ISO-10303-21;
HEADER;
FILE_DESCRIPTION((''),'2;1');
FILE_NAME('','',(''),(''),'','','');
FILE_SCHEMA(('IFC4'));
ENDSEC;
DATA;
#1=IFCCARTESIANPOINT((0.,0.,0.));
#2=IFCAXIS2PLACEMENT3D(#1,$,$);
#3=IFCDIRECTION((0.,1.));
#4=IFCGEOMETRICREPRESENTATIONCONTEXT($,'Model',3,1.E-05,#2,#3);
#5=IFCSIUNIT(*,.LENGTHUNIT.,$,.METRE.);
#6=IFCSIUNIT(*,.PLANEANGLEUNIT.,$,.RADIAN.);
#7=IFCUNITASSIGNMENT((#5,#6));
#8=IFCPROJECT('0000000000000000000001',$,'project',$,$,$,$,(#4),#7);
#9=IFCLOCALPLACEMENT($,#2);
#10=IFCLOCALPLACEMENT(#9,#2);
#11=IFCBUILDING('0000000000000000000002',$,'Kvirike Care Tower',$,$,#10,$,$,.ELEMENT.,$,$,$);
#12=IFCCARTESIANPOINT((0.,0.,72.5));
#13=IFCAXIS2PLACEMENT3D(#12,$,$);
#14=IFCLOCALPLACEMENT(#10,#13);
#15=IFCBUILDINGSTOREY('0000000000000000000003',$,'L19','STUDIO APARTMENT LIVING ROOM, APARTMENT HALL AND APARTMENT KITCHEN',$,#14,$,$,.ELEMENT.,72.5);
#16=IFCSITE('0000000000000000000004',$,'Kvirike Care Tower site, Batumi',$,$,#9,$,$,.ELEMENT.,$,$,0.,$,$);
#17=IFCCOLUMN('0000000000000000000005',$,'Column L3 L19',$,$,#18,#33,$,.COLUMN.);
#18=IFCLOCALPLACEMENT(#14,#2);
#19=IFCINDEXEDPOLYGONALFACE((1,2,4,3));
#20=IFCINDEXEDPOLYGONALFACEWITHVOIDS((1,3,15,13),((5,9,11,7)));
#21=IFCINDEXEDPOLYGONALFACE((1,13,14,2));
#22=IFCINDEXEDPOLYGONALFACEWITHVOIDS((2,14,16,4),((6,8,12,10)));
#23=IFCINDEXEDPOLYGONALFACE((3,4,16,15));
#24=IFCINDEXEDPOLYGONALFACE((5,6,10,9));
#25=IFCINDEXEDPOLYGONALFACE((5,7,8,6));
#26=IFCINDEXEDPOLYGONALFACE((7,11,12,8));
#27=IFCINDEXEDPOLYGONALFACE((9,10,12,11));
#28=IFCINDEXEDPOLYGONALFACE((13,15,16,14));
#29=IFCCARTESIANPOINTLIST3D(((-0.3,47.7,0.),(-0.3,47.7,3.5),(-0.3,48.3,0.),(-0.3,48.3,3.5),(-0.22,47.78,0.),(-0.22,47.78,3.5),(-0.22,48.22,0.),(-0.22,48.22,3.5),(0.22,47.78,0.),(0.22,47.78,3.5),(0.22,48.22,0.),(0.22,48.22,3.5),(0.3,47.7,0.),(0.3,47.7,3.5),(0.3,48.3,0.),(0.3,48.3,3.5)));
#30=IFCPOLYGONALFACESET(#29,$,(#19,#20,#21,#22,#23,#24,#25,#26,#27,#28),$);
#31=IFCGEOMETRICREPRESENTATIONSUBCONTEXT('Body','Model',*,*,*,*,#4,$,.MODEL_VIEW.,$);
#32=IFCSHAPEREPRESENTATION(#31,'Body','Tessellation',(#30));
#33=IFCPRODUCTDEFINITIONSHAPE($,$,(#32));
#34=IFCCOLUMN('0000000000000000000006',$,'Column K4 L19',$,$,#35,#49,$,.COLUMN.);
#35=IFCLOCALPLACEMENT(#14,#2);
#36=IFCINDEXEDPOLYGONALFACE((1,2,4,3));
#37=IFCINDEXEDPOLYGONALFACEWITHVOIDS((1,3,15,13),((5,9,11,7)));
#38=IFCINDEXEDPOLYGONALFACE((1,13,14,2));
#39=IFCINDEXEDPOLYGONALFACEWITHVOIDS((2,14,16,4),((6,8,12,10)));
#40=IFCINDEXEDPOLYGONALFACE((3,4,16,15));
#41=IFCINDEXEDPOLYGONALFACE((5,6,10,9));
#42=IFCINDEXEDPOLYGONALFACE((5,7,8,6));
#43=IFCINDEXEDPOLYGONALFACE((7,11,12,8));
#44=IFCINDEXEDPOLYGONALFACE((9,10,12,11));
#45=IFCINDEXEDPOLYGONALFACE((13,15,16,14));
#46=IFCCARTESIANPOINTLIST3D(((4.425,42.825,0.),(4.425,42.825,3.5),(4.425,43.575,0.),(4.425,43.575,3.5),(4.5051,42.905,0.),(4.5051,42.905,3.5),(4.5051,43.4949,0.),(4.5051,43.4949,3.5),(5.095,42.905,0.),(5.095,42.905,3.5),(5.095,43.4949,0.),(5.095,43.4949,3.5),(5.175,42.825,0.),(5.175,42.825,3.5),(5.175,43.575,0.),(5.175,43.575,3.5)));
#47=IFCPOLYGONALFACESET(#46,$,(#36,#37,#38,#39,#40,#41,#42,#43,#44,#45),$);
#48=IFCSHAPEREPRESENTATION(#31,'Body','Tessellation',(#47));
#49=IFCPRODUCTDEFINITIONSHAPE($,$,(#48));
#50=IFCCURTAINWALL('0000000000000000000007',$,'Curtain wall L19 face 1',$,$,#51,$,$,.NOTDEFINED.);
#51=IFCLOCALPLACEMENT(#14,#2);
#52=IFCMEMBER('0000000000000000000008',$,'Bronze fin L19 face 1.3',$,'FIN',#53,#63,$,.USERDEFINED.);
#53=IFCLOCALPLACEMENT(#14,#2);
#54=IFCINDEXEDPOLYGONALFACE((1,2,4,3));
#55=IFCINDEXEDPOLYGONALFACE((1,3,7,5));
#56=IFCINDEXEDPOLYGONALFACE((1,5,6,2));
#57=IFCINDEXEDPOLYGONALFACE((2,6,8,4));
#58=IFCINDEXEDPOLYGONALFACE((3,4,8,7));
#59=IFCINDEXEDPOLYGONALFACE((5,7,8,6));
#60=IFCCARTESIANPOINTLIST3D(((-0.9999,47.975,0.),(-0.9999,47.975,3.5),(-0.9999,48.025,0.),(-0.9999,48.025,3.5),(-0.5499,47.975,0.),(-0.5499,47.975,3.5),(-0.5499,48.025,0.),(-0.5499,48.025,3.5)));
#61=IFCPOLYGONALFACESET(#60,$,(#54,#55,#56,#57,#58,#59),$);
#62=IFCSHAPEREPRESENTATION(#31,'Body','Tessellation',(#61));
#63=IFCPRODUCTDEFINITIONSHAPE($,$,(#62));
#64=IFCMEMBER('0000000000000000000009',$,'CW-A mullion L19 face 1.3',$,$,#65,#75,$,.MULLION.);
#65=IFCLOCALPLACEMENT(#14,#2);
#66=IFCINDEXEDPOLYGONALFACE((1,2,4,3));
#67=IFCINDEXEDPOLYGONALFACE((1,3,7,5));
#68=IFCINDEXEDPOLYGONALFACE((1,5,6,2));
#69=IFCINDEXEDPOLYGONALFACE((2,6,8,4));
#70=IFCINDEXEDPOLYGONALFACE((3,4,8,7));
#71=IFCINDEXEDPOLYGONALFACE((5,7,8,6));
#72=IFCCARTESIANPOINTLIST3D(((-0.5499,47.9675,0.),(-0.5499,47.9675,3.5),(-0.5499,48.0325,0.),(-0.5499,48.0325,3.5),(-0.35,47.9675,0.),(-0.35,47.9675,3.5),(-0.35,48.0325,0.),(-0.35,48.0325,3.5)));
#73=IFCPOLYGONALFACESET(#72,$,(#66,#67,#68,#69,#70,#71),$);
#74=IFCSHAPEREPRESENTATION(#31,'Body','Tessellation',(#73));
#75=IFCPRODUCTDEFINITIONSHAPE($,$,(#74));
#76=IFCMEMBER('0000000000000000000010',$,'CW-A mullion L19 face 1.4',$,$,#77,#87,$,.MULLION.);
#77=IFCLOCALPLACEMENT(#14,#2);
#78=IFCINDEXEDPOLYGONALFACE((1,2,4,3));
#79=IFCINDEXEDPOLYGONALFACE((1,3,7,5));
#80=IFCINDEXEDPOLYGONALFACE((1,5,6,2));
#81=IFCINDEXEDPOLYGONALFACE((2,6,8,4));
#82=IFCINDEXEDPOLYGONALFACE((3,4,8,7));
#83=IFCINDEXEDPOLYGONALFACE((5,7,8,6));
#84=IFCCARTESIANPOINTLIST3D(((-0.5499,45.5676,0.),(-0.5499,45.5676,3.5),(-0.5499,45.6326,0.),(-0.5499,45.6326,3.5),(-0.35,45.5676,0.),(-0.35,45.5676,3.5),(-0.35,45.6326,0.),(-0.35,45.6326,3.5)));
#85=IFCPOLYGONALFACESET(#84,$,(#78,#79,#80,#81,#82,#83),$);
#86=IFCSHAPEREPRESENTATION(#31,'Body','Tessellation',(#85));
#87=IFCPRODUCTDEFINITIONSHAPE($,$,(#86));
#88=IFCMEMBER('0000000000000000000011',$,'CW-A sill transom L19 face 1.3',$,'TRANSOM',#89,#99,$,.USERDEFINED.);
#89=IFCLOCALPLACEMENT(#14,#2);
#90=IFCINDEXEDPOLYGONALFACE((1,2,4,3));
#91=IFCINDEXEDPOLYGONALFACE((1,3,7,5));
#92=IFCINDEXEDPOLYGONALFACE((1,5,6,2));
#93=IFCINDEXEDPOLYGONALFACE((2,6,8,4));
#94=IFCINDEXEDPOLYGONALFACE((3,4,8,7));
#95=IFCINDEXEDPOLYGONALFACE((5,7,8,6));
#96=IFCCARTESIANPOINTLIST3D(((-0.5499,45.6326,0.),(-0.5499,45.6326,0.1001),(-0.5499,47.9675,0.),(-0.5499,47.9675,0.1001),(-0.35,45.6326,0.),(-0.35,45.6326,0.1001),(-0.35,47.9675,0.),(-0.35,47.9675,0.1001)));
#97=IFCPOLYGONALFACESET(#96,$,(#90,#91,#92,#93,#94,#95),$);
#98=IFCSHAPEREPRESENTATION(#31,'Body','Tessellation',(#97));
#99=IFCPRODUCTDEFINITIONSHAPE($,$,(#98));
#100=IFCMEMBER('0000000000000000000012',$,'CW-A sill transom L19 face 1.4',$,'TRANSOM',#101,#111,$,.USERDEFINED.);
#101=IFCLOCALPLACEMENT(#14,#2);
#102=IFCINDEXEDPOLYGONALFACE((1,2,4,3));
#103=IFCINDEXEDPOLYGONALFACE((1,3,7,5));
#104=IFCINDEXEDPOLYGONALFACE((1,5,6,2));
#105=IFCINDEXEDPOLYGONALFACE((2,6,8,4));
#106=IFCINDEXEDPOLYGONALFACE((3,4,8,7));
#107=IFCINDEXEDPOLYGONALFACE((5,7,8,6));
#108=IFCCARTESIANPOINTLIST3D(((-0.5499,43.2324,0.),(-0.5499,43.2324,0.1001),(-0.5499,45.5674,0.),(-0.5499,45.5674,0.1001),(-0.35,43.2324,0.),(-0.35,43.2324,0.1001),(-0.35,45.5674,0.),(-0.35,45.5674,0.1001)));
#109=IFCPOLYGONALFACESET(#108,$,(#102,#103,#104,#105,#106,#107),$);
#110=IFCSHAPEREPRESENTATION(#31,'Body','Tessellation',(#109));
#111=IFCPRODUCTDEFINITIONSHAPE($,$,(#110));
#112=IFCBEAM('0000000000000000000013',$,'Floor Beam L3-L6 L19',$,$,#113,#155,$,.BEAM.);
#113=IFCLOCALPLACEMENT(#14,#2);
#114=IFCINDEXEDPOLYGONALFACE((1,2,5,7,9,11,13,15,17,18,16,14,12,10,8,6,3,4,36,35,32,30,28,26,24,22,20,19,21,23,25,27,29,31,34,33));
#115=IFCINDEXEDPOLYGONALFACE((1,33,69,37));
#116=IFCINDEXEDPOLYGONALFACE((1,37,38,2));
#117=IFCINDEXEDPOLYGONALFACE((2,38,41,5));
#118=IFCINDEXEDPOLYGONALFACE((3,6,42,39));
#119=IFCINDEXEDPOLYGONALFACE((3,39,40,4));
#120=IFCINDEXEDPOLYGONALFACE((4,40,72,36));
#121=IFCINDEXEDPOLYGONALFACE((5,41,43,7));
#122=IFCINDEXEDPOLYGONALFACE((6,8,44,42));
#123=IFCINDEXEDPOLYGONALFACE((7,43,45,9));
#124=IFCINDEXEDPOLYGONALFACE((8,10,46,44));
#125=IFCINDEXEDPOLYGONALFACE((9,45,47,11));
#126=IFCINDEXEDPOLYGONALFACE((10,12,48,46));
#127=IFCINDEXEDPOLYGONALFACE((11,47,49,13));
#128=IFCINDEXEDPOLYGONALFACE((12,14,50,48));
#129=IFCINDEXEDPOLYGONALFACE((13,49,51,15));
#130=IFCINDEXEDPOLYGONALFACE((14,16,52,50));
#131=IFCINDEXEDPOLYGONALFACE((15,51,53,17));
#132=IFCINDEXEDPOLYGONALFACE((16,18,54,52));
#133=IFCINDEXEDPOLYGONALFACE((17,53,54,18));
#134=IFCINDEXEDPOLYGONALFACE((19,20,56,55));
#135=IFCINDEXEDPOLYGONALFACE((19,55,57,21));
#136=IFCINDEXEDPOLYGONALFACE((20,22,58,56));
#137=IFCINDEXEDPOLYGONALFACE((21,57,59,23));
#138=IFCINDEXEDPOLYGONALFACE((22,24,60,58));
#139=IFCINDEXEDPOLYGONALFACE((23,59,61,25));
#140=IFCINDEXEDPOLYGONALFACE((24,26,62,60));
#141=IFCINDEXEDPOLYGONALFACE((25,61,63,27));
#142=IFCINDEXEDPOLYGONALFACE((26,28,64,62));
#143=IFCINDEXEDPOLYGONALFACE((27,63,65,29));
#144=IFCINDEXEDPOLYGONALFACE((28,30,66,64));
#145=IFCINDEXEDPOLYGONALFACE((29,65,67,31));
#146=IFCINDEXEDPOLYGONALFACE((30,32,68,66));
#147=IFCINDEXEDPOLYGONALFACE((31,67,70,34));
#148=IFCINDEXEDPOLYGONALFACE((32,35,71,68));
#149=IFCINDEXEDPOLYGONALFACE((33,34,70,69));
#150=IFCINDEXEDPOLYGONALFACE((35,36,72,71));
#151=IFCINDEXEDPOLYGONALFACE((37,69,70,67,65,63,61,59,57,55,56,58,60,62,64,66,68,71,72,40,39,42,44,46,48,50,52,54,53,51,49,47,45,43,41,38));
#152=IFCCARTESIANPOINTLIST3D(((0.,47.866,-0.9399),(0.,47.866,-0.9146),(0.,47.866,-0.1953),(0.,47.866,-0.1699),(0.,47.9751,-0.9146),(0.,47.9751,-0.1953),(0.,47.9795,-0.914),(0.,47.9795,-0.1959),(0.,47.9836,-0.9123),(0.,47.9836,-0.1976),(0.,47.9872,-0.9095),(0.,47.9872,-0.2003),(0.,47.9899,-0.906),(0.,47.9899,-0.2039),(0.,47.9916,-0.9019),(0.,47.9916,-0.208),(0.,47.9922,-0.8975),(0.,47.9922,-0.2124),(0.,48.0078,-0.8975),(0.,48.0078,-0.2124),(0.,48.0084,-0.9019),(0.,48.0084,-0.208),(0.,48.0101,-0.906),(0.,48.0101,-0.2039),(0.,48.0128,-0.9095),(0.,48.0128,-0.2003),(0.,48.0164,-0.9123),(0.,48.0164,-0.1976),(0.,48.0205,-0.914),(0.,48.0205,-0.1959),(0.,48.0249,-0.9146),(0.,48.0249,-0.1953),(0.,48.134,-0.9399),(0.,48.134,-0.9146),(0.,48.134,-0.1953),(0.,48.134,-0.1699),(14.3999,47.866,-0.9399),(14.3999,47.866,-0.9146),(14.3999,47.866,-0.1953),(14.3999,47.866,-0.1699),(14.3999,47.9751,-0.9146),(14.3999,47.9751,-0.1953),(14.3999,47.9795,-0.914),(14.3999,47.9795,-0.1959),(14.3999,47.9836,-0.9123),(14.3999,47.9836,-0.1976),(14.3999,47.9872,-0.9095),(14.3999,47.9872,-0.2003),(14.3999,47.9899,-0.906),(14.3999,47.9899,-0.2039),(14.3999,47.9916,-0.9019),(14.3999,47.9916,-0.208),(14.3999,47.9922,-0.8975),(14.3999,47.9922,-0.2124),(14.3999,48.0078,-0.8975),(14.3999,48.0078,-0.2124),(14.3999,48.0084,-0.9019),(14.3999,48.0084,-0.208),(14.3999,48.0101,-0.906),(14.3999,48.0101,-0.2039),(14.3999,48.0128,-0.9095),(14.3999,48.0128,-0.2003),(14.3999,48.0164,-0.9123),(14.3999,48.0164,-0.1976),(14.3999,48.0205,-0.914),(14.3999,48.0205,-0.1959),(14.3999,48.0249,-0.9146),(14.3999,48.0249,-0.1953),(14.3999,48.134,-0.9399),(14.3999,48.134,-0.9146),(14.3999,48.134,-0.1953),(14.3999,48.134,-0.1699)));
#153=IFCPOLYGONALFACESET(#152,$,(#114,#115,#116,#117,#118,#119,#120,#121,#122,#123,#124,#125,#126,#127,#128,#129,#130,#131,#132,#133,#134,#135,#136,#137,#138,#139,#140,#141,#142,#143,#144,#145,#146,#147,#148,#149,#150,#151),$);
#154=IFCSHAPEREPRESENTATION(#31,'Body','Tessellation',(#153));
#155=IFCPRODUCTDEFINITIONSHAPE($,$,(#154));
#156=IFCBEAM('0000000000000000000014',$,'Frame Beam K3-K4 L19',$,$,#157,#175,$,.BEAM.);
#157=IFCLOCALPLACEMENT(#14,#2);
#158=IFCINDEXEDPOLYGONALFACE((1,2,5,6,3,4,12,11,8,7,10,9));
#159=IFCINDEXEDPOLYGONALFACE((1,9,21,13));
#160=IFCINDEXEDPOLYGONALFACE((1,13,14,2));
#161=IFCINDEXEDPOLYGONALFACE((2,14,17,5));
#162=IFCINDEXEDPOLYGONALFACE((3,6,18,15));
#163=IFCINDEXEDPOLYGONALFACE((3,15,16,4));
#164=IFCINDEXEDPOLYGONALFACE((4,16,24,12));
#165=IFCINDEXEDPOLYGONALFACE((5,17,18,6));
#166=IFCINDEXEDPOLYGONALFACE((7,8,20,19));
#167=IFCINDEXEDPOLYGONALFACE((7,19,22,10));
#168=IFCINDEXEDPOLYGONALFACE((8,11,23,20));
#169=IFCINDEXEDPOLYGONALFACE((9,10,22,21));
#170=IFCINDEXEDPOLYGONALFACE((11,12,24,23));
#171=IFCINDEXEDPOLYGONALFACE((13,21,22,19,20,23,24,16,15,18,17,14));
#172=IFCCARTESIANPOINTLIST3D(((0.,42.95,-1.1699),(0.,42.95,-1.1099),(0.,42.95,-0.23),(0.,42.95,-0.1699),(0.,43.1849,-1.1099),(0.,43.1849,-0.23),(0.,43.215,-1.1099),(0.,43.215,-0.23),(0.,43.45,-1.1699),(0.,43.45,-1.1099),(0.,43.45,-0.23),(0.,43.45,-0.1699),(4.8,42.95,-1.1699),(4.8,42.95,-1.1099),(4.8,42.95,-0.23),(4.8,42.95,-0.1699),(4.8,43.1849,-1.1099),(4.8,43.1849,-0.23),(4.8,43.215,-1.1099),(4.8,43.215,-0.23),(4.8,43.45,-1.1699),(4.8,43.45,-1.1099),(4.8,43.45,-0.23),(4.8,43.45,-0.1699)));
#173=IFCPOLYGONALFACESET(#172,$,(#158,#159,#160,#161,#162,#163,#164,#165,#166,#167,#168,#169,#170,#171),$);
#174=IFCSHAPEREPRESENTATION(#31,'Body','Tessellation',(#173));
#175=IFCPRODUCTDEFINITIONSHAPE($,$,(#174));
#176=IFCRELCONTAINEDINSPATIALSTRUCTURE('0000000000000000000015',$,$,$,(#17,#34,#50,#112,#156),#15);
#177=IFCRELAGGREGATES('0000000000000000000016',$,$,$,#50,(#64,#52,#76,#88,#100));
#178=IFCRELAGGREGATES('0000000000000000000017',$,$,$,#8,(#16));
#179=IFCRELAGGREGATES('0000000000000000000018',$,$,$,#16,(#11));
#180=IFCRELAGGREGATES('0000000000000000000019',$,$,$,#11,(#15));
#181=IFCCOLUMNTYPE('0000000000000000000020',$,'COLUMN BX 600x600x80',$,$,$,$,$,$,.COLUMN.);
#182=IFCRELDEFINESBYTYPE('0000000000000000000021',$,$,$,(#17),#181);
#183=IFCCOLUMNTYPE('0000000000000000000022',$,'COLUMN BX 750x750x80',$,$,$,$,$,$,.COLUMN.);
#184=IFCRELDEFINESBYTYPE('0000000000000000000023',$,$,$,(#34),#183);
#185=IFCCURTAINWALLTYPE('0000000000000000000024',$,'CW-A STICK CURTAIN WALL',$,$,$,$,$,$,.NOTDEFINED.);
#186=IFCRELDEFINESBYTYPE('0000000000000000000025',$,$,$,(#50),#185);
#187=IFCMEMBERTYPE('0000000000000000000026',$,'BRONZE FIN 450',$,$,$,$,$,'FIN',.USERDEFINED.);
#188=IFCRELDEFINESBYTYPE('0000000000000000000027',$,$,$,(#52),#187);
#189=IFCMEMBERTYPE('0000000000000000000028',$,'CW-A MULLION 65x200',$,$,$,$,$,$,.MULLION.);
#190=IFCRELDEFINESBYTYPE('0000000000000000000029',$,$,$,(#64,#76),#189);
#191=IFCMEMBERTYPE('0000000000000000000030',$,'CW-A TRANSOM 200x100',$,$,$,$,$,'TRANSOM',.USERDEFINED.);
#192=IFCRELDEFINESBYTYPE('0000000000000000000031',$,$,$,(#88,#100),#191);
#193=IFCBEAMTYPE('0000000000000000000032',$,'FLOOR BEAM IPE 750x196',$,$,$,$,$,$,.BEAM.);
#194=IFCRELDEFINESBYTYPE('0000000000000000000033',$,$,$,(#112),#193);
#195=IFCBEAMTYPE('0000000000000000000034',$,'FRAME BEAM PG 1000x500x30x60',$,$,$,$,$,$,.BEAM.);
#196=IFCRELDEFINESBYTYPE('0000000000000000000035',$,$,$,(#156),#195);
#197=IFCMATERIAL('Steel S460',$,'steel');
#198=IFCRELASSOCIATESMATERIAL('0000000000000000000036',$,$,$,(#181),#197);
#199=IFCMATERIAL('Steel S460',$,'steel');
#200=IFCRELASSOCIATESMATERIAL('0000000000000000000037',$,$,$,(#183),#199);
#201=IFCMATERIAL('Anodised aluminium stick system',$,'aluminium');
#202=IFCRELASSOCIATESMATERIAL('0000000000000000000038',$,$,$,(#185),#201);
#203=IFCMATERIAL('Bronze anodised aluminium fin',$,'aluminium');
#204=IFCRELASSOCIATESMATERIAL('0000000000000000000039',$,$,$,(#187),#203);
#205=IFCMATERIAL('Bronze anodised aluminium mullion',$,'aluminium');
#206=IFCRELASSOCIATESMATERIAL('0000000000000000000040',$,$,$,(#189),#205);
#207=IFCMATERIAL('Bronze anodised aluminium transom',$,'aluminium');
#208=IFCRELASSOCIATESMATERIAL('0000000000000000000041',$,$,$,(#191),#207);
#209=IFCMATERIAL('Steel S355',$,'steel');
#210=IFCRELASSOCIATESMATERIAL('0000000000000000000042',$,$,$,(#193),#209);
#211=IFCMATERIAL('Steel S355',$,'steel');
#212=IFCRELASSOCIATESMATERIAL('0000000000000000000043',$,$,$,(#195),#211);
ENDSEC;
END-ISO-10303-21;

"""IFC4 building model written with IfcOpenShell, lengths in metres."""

from ifc_helpers import new_model, si_unit, direction, frame, origin, origin_2d, place, context, subcontext, project, spatial, rectangle, hollow_rectangle, i_section, extrude, material, material_profile, profile_set, type_object, element, aggregate, save


model = new_model("IFC4")

# Units and contexts
model_context = context("Model", 3, precision=1e-05, world=origin(), true_north=direction((0.0, 1.0)))
body_context = subcontext(model_context, "Body", "Model", "MODEL_VIEW")
ifc_project = project(units=[si_unit("LENGTHUNIT", "METRE"), si_unit("PLANEANGLEUNIT", "RADIAN")], contexts=[model_context])

# Site, building, storey
site_placement = place(None, origin())
site = spatial("IfcSite", under=ifc_project, at=site_placement, Name="Kvirike Care Tower site, Batumi", CompositionType="ELEMENT", RefElevation=0.0)
building_placement = place(site_placement, origin())
building = spatial("IfcBuilding", under=site, at=building_placement, Name="Kvirike Care Tower", CompositionType="ELEMENT")
storey_placement = place(building_placement, frame((0.0, 0.0, 72.5)))
storey = spatial("IfcBuildingStorey", under=building, at=storey_placement, Name="L19", Description="STUDIO APARTMENT LIVING ROOM, APARTMENT HALL AND APARTMENT KITCHEN", CompositionType="ELEMENT", Elevation=72.5)

# Columns
ifc_material_1 = material(Name="Steel S460", Category="steel")
ifc_material_profile_1 = material_profile(ifc_material_1, hollow_rectangle(XDim=0.6001, YDim=0.6001, WallThickness=0.0801, at=origin_2d()), Name="BX 600x600x80")
ifc_profile_set_1 = profile_set([ifc_material_profile_1], Name="Steel S460")
column_type_1 = type_object("IfcColumnType", Name="COLUMN BX 600x600x80", PredefinedType="COLUMN", material=ifc_profile_set_1)
column_1_placement = place(storey_placement, frame((0.0, 48.0, 0.0), z_axis=(0.0, 0.0, 1.0), x_axis=(1.0, 0.0, 0.0)))
element("IfcColumn", 1, at=column_1_placement, inside=storey, type_object=column_type_1, Name="Column L3 L19", PredefinedType="COLUMN", context=body_context, shape_type="SweptSolid", body=[
    extrude(hollow_rectangle(XDim=0.6001, YDim=0.6001, WallThickness=0.0801, at=origin_2d()), origin(), (0.0, 0.0, 1.0), 3.5),
])
ifc_material_2 = material(Name="Steel S460", Category="steel")
ifc_material_profile_2 = material_profile(ifc_material_2, hollow_rectangle(XDim=0.75, YDim=0.75, WallThickness=0.0801, at=origin_2d()), Name="BX 750x750x80")
ifc_profile_set_2 = profile_set([ifc_material_profile_2], Name="Steel S460")
column_type_2 = type_object("IfcColumnType", Name="COLUMN BX 750x750x80", PredefinedType="COLUMN", material=ifc_profile_set_2)
column_2_placement = place(storey_placement, frame((4.8, 43.2, 0.0), z_axis=(0.0, 0.0, 1.0), x_axis=(0.0, 1.0, 0.0)))
element("IfcColumn", 2, at=column_2_placement, inside=storey, type_object=column_type_2, Name="Column K4 L19", PredefinedType="COLUMN", context=body_context, shape_type="SweptSolid", body=[
    extrude(hollow_rectangle(XDim=0.75, YDim=0.75, WallThickness=0.0801, at=origin_2d()), origin(), (0.0, 0.0, 1.0), 3.5),
])

# Curtain wall, members
ifc_material_3 = material(Name="Anodised aluminium stick system", Category="aluminium")
curtain_wall_type = type_object("IfcCurtainWallType", Name="CW-A STICK CURTAIN WALL", PredefinedType="NOTDEFINED", material=ifc_material_3)
curtain_wall_placement = place(storey_placement, origin())
curtain_wall = element("IfcCurtainWall", 3, at=curtain_wall_placement, inside=storey, type_object=curtain_wall_type, Name="Curtain wall L19 face 1", PredefinedType="NOTDEFINED")
ifc_material_4 = material(Name="Bronze anodised aluminium fin", Category="aluminium")
ifc_material_profile_3 = material_profile(ifc_material_4, rectangle(XDim=0.05, YDim=0.45, at=origin_2d()), Name="BRONZE FIN 450")
ifc_profile_set_3 = profile_set([ifc_material_profile_3], Name="Bronze anodised aluminium fin")
member_type_1 = type_object("IfcMemberType", Name="BRONZE FIN 450", ElementType="FIN", PredefinedType="USERDEFINED", material=ifc_profile_set_3)
member_1_placement = place(storey_placement, frame((-0.7749, 48.0, 0.0), z_axis=(0.0, 0.0, 1.0), x_axis=(0.0, -1.0, 0.0)))
member_1 = element("IfcMember", 4, at=member_1_placement, type_object=member_type_1, Name="Bronze fin L19 face 1.3", ObjectType="FIN", PredefinedType="USERDEFINED", context=body_context, shape_type="SweptSolid", body=[
    extrude(rectangle(XDim=0.05, YDim=0.45, at=origin_2d()), origin(), (0.0, 0.0, 1.0), 3.5),
])
ifc_material_5 = material(Name="Bronze anodised aluminium mullion", Category="aluminium")
ifc_material_profile_4 = material_profile(ifc_material_5, rectangle(XDim=0.0649, YDim=0.2, at=origin_2d()), Name="CW-A MULLION 65x200")
ifc_profile_set_4 = profile_set([ifc_material_profile_4], Name="Bronze anodised aluminium mullion")
member_type_2 = type_object("IfcMemberType", Name="CW-A MULLION 65x200", PredefinedType="MULLION", material=ifc_profile_set_4)
member_2_placement = place(storey_placement, frame((-0.45, 48.0, 0.0), z_axis=(0.0, 0.0, 1.0), x_axis=(0.0, -1.0, 0.0)))
member_2 = element("IfcMember", 5, at=member_2_placement, type_object=member_type_2, Name="CW-A mullion L19 face 1.3", PredefinedType="MULLION", context=body_context, shape_type="SweptSolid", body=[
    extrude(rectangle(XDim=0.0649, YDim=0.2, at=origin_2d()), origin(), (0.0, 0.0, 1.0), 3.5),
])
member_3_placement = place(storey_placement, frame((-0.45, 45.6001, 0.0), z_axis=(0.0, 0.0, 1.0), x_axis=(0.0, -1.0, 0.0)))
member_3 = element("IfcMember", 6, at=member_3_placement, type_object=member_type_2, Name="CW-A mullion L19 face 1.4", PredefinedType="MULLION", context=body_context, shape_type="SweptSolid", body=[
    extrude(rectangle(XDim=0.0649, YDim=0.2, at=origin_2d()), origin(), (0.0, 0.0, 1.0), 3.5),
])
ifc_material_6 = material(Name="Bronze anodised aluminium transom", Category="aluminium")
ifc_material_profile_5 = material_profile(ifc_material_6, rectangle(XDim=0.2, YDim=0.1001, at=origin_2d()), Name="CW-A TRANSOM 200x100")
ifc_profile_set_5 = profile_set([ifc_material_profile_5], Name="Bronze anodised aluminium transom")
member_type_3 = type_object("IfcMemberType", Name="CW-A TRANSOM 200x100", ElementType="TRANSOM", PredefinedType="USERDEFINED", material=ifc_profile_set_5)
member_4_placement = place(storey_placement, frame((-0.45, 47.9675, 0.05), z_axis=(0.0, -1.0, 0.0), x_axis=(1.0, 0.0, 0.0)))
member_4 = element("IfcMember", 7, at=member_4_placement, type_object=member_type_3, Name="CW-A sill transom L19 face 1.3", ObjectType="TRANSOM", PredefinedType="USERDEFINED", context=body_context, shape_type="SweptSolid", body=[
    extrude(rectangle(XDim=0.2, YDim=0.1001, at=origin_2d()), origin(), (0.0, 0.0, 1.0), 2.335),
])
member_5_placement = place(storey_placement, frame((-0.45, 45.5674, 0.05), z_axis=(0.0, -1.0, 0.0), x_axis=(1.0, 0.0, 0.0)))
member_5 = element("IfcMember", 8, at=member_5_placement, type_object=member_type_3, Name="CW-A sill transom L19 face 1.4", ObjectType="TRANSOM", PredefinedType="USERDEFINED", context=body_context, shape_type="SweptSolid", body=[
    extrude(rectangle(XDim=0.2, YDim=0.1001, at=origin_2d()), origin(), (0.0, 0.0, 1.0), 2.335),
])

# Beams
ifc_material_7 = material(Name="Steel S355", Category="steel")
ifc_material_profile_6 = material_profile(ifc_material_7, i_section(OverallWidth=0.2681, OverallDepth=0.77, WebThickness=0.0156, FlangeThickness=0.0254, FilletRadius=0.0171, at=origin_2d()), Name="IPE 750x196")
ifc_profile_set_6 = profile_set([ifc_material_profile_6], Name="Steel S355")
beam_type_1 = type_object("IfcBeamType", Name="FLOOR BEAM IPE 750x196", PredefinedType="BEAM", material=ifc_profile_set_6)
beam_placement = place(storey_placement, frame((0.0, 48.0, -0.5549), z_axis=(1.0, 0.0, 0.0), x_axis=(0.0, 1.0, 0.0)))
element("IfcBeam", 9, at=beam_placement, inside=storey, type_object=beam_type_1, Name="Floor Beam L3-L6 L19", PredefinedType="BEAM", context=body_context, shape_type="SweptSolid", body=[
    extrude(i_section(OverallWidth=0.2681, OverallDepth=0.77, WebThickness=0.0156, FlangeThickness=0.0254, FilletRadius=0.0171, at=origin_2d()), origin(), (0.0, 0.0, 1.0), 14.3999),
])
ifc_material_8 = material(Name="Steel S355", Category="steel")
ifc_material_profile_7 = material_profile(ifc_material_8, i_section(OverallWidth=0.5, OverallDepth=1.0, WebThickness=0.03, FlangeThickness=0.0601, at=origin_2d()), Name="PG 1000x500x30x60")
ifc_profile_set_7 = profile_set([ifc_material_profile_7], Name="Steel S355")
beam_type_2 = type_object("IfcBeamType", Name="FRAME BEAM PG 1000x500x30x60", PredefinedType="BEAM", material=ifc_profile_set_7)
for number, where, z_axis, x_axis, name in (
    (10, (0.0, 43.2, -0.6699), (1.0, 0.0, 0.0), (0.0, 1.0, 0.0), "Frame Beam K3-K4 L19"),
):
    element("IfcBeam", number, at=place(storey_placement, frame(where, z_axis=z_axis, x_axis=x_axis)), inside=storey, type_object=beam_type_2, Name=name, PredefinedType="BEAM", context=body_context, shape_type="SweptSolid", body=[
        extrude(i_section(OverallWidth=0.5, OverallDepth=1.0, WebThickness=0.03, FlangeThickness=0.0601, at=origin_2d()), origin(), (0.0, 0.0, 1.0), 4.8),
    ])

aggregate(curtain_wall, [member_2, member_1, member_3, member_4, member_5])

save(model, "model.ifc")
